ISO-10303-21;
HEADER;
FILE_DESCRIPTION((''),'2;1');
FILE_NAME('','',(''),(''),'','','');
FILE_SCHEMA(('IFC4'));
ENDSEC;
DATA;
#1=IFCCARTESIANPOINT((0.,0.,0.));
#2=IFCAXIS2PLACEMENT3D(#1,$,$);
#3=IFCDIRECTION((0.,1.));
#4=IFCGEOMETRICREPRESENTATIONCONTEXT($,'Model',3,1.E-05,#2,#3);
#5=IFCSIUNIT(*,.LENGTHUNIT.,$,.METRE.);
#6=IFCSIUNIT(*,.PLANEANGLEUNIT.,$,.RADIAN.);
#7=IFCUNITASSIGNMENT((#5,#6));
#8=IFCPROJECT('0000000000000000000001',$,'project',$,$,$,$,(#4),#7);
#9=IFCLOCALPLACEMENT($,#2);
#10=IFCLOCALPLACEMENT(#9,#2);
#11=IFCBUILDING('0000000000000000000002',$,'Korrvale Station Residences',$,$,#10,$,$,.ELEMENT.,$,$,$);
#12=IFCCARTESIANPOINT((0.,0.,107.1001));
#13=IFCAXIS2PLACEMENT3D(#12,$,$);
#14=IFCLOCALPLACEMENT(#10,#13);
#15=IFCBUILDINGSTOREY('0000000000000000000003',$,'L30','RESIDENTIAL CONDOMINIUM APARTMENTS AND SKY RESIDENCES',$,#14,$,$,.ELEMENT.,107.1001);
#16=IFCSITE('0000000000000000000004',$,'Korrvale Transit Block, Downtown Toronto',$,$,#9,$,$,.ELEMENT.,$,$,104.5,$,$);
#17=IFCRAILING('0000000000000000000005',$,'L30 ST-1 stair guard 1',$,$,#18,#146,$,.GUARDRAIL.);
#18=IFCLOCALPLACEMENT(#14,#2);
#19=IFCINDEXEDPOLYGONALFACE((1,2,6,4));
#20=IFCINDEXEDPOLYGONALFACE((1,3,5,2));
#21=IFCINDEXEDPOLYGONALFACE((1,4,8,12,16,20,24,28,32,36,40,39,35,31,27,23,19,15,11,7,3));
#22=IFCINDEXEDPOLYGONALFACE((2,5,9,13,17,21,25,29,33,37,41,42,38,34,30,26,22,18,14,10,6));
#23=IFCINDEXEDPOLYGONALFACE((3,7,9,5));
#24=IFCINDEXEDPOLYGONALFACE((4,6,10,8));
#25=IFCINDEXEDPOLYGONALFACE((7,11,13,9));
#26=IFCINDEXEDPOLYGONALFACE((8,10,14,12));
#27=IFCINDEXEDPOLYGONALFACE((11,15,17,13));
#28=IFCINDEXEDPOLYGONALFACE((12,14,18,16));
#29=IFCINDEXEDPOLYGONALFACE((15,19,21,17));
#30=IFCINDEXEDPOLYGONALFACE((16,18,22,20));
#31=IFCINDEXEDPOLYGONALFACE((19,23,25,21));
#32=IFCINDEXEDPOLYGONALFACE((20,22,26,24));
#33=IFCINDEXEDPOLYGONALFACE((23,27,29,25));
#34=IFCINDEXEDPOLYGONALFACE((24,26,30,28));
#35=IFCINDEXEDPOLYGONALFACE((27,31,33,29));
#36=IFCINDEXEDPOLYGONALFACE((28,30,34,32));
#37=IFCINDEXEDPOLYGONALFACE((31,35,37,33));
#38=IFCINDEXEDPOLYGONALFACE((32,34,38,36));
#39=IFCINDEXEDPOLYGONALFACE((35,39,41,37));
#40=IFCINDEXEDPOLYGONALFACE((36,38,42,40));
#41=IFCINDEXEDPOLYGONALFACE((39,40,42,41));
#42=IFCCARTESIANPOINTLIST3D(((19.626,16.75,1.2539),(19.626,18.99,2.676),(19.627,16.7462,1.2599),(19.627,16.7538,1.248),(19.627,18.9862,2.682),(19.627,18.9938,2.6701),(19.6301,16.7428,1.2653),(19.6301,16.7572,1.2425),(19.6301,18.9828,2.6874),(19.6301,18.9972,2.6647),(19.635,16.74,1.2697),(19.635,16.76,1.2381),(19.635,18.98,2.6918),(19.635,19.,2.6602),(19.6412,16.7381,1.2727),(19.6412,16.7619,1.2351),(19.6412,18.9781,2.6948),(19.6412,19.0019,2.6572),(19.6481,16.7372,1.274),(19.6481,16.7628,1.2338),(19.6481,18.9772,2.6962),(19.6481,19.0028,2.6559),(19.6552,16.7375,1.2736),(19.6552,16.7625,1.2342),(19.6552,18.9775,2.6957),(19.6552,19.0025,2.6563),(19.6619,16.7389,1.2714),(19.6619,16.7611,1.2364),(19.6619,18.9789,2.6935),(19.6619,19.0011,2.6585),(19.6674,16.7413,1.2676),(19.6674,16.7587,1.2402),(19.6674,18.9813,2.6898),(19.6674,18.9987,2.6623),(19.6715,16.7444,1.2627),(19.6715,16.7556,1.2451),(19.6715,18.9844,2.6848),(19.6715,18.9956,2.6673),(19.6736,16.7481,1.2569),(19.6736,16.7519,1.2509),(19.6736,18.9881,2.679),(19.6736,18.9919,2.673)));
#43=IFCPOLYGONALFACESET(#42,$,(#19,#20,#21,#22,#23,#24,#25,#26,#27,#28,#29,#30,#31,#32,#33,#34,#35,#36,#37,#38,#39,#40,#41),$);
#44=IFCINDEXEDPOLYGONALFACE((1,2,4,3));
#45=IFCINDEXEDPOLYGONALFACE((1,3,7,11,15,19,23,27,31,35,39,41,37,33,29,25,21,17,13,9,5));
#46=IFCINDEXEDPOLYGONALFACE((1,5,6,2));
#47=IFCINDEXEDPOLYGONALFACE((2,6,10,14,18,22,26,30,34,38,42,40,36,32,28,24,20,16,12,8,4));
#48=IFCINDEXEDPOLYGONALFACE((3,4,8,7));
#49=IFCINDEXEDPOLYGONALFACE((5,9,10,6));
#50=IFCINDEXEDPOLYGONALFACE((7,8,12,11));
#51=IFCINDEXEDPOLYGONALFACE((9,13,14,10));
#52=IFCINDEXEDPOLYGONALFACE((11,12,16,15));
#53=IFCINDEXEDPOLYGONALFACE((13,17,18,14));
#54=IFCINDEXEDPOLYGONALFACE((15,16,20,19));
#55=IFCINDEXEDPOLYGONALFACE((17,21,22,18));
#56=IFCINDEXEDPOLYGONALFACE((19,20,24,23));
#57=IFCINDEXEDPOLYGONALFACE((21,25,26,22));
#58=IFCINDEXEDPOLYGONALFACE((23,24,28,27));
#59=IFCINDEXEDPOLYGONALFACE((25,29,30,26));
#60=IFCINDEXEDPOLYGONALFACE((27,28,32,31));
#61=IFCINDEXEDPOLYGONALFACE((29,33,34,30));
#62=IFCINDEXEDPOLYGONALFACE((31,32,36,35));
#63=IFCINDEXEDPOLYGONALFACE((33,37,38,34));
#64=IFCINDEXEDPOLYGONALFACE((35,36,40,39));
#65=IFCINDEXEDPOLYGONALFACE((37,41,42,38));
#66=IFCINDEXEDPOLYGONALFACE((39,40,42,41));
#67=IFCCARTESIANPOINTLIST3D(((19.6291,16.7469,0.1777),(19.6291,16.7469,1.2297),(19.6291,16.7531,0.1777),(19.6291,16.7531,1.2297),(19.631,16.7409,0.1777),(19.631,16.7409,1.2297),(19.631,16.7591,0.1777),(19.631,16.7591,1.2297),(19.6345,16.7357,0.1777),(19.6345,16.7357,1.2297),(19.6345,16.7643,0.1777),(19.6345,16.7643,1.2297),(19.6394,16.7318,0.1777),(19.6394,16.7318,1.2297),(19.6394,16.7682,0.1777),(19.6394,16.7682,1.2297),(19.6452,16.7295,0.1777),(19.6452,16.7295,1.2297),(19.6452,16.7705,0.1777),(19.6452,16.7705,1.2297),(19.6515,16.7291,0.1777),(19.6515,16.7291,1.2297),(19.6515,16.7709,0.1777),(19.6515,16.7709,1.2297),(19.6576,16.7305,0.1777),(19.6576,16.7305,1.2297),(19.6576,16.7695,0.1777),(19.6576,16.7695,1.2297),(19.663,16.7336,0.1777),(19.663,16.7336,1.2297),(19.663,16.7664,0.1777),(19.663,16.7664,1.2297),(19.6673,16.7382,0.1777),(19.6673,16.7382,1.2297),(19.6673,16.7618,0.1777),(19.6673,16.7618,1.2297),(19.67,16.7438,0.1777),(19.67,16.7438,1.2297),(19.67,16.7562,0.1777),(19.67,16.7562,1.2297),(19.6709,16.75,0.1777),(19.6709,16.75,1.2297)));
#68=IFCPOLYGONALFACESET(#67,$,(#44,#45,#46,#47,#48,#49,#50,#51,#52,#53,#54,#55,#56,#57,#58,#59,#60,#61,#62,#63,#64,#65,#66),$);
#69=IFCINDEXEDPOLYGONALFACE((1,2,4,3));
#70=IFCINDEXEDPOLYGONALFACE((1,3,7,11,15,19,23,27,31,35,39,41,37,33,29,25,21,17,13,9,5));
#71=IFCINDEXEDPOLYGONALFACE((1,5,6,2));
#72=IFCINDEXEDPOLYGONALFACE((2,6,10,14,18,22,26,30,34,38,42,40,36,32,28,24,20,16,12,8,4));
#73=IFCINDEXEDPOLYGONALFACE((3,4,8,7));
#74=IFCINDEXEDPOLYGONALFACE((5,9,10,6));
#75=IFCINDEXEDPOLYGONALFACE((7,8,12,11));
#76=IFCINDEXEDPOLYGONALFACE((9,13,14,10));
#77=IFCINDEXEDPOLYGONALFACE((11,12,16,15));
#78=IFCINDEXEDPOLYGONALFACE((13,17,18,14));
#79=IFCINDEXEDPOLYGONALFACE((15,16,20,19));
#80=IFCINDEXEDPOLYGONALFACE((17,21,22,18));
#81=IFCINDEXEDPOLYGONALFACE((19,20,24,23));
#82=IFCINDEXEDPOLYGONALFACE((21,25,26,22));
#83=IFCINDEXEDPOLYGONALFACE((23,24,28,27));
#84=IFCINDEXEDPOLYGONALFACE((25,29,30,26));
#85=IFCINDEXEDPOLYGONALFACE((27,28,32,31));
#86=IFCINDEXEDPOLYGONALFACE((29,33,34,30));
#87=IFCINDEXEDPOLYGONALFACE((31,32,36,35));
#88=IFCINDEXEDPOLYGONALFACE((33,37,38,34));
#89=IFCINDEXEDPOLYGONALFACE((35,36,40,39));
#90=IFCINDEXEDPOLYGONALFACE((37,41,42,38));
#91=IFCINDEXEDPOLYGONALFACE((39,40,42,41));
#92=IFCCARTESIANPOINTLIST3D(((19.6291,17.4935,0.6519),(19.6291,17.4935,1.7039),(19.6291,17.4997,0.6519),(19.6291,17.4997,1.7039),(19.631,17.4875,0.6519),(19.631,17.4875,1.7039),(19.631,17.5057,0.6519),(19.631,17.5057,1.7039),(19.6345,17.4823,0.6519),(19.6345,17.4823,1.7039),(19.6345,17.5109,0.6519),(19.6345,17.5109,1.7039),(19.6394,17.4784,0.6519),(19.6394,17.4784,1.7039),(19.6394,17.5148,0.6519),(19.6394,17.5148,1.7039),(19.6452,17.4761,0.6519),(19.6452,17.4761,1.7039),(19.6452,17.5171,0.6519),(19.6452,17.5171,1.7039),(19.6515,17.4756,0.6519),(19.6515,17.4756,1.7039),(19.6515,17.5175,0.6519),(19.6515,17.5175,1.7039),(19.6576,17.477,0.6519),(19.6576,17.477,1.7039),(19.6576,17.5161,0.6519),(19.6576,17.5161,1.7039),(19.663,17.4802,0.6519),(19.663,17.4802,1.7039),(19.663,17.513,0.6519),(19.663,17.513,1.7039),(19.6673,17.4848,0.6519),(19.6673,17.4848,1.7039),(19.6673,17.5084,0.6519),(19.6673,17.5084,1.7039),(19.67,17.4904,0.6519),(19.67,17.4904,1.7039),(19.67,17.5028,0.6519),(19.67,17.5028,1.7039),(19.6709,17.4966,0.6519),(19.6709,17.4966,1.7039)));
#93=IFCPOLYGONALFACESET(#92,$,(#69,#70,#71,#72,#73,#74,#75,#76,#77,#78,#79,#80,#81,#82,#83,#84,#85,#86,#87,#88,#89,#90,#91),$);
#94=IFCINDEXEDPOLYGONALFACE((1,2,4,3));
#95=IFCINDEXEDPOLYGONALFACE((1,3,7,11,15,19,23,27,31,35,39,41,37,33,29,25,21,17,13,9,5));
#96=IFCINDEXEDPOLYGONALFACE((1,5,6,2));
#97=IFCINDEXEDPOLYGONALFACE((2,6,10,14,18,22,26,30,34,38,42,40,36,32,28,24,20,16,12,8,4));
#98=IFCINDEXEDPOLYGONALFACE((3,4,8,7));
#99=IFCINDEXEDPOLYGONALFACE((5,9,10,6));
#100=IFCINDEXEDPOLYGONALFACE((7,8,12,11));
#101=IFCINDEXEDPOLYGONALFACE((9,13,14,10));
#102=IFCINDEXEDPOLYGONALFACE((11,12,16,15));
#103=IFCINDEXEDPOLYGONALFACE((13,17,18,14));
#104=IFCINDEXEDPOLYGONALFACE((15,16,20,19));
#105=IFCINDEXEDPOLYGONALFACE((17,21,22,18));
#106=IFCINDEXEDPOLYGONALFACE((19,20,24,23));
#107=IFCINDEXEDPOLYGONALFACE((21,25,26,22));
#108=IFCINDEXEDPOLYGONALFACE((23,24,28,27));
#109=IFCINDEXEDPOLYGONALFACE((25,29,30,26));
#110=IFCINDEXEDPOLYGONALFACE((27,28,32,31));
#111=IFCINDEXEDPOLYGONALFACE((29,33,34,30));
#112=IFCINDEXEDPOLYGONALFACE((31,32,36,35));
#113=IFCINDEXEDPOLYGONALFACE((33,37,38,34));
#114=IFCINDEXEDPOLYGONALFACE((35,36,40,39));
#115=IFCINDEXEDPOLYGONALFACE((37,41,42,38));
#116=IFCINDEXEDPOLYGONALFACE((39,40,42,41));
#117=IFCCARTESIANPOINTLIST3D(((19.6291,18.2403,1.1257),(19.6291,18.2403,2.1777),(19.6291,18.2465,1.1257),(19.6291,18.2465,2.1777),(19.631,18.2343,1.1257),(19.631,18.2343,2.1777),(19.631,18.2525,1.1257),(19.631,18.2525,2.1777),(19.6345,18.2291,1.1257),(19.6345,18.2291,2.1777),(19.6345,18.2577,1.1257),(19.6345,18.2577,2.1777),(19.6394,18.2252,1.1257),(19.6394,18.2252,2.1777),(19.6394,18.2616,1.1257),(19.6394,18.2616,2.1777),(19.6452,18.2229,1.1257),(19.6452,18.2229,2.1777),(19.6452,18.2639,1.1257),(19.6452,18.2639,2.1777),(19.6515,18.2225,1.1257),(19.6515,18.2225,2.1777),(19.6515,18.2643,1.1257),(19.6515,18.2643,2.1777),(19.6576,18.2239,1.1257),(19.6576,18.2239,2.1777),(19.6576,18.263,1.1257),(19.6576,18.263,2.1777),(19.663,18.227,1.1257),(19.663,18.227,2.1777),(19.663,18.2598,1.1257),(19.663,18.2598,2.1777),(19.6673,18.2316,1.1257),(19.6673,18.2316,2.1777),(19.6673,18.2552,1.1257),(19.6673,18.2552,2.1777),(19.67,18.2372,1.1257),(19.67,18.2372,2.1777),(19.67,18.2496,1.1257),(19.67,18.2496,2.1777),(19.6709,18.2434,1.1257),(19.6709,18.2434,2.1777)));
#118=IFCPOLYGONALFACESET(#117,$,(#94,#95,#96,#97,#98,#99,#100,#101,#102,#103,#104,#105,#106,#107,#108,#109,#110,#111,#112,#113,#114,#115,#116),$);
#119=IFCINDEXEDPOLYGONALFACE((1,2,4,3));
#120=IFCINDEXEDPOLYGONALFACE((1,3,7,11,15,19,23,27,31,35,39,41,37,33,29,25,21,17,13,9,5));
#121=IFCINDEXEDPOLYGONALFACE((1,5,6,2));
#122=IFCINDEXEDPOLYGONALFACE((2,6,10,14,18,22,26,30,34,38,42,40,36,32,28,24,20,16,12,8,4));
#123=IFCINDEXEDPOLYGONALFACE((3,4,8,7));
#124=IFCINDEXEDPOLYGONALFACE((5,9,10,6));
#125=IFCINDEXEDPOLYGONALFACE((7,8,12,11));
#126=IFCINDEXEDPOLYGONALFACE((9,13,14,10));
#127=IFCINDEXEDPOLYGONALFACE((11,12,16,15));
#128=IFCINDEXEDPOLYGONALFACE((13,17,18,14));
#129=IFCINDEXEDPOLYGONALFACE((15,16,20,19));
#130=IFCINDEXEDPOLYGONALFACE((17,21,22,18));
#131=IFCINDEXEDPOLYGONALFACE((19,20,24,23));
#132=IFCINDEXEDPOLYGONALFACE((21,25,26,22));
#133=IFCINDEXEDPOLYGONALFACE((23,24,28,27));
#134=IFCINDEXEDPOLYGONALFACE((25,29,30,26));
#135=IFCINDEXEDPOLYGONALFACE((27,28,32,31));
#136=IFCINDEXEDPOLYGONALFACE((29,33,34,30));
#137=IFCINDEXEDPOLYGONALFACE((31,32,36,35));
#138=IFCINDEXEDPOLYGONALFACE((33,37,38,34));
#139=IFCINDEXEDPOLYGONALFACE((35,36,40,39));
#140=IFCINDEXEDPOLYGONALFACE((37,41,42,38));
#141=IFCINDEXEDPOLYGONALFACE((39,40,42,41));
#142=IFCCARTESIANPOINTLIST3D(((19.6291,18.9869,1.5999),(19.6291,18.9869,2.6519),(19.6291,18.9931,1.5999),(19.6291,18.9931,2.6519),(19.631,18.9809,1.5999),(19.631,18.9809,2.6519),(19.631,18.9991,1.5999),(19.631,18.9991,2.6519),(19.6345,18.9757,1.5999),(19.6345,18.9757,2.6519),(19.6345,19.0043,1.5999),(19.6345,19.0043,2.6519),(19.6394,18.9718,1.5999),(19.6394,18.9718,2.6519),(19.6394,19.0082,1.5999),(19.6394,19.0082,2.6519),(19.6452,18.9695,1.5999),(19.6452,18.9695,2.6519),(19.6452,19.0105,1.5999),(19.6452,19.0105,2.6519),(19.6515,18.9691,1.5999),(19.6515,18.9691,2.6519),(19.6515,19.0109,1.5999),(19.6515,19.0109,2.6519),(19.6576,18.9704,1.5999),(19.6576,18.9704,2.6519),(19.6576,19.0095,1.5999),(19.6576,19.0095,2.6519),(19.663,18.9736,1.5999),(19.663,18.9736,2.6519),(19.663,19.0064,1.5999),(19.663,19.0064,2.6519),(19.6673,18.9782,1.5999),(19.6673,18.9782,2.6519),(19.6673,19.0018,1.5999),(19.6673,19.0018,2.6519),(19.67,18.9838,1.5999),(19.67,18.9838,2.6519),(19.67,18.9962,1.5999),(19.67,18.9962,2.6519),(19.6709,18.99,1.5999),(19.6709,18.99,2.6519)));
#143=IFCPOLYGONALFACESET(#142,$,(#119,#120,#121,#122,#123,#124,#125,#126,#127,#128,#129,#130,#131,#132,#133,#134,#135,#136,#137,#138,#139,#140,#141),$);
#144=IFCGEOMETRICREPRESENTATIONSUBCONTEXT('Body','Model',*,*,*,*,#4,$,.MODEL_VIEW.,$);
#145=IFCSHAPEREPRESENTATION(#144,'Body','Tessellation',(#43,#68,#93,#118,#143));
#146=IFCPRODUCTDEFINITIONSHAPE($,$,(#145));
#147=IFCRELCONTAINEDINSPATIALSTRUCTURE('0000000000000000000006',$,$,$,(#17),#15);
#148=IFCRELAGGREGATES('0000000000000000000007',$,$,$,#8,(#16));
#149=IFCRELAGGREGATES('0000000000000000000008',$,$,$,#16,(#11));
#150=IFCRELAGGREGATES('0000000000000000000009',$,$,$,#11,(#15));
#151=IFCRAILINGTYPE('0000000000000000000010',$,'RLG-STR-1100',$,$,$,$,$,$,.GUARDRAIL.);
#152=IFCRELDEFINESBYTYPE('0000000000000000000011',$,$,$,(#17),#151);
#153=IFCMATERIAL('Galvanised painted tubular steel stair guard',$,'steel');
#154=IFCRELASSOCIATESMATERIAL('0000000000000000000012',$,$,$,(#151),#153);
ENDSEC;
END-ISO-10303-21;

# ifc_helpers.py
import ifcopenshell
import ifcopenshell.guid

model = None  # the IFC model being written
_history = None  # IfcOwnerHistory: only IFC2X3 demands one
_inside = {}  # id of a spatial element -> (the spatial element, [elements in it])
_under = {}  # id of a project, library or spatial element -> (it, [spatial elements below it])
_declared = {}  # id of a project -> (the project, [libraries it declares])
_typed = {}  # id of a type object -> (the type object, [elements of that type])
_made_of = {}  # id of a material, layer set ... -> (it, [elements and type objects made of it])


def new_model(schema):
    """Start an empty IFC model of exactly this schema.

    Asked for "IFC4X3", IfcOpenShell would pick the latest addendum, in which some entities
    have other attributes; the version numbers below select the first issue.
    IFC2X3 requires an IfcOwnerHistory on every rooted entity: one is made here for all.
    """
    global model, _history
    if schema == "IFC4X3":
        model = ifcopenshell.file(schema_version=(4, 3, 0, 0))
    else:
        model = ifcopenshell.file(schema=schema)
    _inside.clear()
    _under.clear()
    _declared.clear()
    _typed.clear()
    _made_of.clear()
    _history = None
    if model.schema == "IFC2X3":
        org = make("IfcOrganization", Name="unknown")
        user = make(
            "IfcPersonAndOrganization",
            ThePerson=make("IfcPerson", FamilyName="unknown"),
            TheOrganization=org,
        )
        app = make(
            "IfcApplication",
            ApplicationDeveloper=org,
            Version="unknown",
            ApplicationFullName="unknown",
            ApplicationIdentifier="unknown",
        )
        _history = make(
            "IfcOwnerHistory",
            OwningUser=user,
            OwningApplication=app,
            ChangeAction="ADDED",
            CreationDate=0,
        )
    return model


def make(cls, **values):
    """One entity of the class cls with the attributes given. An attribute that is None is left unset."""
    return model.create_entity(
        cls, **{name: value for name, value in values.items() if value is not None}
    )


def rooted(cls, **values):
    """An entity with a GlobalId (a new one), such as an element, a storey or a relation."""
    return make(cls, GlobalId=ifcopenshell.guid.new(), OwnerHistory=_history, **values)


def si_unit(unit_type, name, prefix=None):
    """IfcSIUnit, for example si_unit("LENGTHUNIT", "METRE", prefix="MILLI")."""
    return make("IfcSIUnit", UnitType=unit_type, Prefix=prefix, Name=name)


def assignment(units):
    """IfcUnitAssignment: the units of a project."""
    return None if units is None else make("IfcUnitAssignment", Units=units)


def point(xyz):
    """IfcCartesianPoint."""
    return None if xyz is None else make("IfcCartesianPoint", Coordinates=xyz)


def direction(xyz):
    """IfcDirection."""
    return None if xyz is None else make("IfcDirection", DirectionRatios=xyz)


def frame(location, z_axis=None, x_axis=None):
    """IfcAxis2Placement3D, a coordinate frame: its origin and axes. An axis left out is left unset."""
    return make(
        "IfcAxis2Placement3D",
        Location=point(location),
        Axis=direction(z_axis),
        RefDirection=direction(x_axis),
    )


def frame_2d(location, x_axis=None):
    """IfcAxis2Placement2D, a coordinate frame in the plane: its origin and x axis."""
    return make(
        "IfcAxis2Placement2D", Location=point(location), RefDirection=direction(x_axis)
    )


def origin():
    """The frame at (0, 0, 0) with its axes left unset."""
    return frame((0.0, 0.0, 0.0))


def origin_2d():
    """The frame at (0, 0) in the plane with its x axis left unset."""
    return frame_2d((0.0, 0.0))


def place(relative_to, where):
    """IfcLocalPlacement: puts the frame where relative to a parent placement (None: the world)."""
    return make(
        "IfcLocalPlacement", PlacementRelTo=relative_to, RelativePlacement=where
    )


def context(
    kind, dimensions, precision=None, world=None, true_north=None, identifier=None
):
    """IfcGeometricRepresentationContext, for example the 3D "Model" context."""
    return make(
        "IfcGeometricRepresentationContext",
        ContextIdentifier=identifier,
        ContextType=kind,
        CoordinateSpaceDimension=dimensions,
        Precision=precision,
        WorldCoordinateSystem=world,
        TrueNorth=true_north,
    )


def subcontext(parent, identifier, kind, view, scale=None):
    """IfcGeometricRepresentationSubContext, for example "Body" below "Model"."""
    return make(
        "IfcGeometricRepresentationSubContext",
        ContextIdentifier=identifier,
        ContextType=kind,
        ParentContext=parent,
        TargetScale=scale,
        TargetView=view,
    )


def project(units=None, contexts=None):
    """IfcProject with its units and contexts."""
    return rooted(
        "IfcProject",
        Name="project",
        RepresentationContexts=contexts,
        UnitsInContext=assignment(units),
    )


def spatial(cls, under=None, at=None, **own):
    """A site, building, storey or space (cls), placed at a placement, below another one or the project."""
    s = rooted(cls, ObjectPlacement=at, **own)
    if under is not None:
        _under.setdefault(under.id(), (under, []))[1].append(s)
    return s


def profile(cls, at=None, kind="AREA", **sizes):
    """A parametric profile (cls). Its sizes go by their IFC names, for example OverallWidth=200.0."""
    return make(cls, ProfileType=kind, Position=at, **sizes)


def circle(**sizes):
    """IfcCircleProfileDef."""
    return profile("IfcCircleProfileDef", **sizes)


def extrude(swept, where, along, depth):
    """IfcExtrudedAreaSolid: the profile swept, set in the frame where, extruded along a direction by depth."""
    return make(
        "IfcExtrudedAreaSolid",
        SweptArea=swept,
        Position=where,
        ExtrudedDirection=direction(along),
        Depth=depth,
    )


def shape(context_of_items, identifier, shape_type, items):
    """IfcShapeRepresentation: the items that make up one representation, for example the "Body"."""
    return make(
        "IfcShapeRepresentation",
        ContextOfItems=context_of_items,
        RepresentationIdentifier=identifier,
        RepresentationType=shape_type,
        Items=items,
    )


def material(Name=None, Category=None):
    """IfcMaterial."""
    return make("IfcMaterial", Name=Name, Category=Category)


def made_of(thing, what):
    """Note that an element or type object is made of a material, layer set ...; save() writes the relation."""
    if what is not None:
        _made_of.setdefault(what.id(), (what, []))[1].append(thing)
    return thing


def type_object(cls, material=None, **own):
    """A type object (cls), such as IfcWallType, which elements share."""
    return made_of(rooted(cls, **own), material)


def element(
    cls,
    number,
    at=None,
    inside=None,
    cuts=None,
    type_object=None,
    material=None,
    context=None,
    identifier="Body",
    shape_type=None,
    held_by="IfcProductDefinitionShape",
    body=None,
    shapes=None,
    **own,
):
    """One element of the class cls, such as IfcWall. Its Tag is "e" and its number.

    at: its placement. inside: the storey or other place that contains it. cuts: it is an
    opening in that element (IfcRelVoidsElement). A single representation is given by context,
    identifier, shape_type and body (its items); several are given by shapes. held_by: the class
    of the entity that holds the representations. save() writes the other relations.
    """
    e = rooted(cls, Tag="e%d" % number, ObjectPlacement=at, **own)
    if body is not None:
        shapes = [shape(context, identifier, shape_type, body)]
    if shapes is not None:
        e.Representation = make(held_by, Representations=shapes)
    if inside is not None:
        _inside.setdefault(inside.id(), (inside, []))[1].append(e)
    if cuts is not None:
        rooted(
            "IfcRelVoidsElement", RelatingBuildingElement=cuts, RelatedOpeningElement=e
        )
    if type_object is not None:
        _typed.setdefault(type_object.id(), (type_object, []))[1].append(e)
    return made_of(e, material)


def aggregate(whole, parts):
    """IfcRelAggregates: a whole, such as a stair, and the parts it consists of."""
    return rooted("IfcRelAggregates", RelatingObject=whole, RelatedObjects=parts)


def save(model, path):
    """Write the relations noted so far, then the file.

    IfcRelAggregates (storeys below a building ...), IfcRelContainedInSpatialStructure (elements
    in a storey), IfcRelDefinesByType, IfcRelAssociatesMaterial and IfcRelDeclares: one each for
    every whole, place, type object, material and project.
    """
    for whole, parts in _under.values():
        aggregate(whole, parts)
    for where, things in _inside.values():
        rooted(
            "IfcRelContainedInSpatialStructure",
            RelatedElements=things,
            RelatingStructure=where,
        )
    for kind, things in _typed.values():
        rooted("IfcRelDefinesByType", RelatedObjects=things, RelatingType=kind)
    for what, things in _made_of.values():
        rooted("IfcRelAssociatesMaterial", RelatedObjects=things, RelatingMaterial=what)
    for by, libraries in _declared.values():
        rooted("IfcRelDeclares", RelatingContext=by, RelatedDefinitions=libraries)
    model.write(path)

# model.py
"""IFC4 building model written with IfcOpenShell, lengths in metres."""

from ifc_helpers import new_model, si_unit, direction, frame, origin, origin_2d, place, context, subcontext, project, spatial, circle, extrude, material, type_object, element, save


model = new_model("IFC4")

# Units and contexts
model_context = context("Model", 3, precision=1e-05, world=origin(), true_north=direction((0.0, 1.0)))
body_context = subcontext(model_context, "Body", "Model", "MODEL_VIEW")
ifc_project = project(units=[si_unit("LENGTHUNIT", "METRE"), si_unit("PLANEANGLEUNIT", "RADIAN")], contexts=[model_context])

# Site, building, storey
site_placement = place(None, origin())
site = spatial("IfcSite", under=ifc_project, at=site_placement, Name="Korrvale Transit Block, Downtown Toronto", CompositionType="ELEMENT", RefElevation=104.5)
building_placement = place(site_placement, origin())
building = spatial("IfcBuilding", under=site, at=building_placement, Name="Korrvale Station Residences", CompositionType="ELEMENT")
storey_placement = place(building_placement, frame((0.0, 0.0, 107.1001)))
storey = spatial("IfcBuildingStorey", under=building, at=storey_placement, Name="L30", Description="RESIDENTIAL CONDOMINIUM APARTMENTS AND SKY RESIDENCES", CompositionType="ELEMENT", Elevation=107.1001)

# Railing
ifc_material_1 = material(Name="Galvanised painted tubular steel stair guard", Category="steel")
railing_type_1 = type_object("IfcRailingType", Name="RLG-STR-1100", PredefinedType="GUARDRAIL", material=ifc_material_1)
railing_1_placement = place(storey_placement, frame((19.6499, 16.75, 0.1777)))
element("IfcRailing", 1, at=railing_1_placement, inside=storey, type_object=railing_type_1, Name="L30 ST-1 stair guard 1", PredefinedType="GUARDRAIL", context=body_context, shape_type="SweptSolid", body=[
    extrude(circle(Radius=0.0239, at=origin_2d()), frame((0.0, 0.0, 1.0762), z_axis=(0.0, 0.844229, 0.535982), x_axis=(-1.0, 0.0, 0.0)), (0.0, 0.0, 1.0), 2.6533),
    extrude(circle(Radius=0.021, at=origin_2d()), origin(), (0.0, 0.0, 1.0), 1.052),
    extrude(circle(Radius=0.021, at=origin_2d()), frame((0.0, 0.7466, 0.4741)), (0.0, 0.0, 1.0), 1.052),
    extrude(circle(Radius=0.021, at=origin_2d()), frame((0.0, 1.4934, 0.948)), (0.0, 0.0, 1.0), 1.052),
    extrude(circle(Radius=0.021, at=origin_2d()), frame((0.0, 2.24, 1.4221)), (0.0, 0.0, 1.0), 1.052),
])

save(model, "model.ifc")
